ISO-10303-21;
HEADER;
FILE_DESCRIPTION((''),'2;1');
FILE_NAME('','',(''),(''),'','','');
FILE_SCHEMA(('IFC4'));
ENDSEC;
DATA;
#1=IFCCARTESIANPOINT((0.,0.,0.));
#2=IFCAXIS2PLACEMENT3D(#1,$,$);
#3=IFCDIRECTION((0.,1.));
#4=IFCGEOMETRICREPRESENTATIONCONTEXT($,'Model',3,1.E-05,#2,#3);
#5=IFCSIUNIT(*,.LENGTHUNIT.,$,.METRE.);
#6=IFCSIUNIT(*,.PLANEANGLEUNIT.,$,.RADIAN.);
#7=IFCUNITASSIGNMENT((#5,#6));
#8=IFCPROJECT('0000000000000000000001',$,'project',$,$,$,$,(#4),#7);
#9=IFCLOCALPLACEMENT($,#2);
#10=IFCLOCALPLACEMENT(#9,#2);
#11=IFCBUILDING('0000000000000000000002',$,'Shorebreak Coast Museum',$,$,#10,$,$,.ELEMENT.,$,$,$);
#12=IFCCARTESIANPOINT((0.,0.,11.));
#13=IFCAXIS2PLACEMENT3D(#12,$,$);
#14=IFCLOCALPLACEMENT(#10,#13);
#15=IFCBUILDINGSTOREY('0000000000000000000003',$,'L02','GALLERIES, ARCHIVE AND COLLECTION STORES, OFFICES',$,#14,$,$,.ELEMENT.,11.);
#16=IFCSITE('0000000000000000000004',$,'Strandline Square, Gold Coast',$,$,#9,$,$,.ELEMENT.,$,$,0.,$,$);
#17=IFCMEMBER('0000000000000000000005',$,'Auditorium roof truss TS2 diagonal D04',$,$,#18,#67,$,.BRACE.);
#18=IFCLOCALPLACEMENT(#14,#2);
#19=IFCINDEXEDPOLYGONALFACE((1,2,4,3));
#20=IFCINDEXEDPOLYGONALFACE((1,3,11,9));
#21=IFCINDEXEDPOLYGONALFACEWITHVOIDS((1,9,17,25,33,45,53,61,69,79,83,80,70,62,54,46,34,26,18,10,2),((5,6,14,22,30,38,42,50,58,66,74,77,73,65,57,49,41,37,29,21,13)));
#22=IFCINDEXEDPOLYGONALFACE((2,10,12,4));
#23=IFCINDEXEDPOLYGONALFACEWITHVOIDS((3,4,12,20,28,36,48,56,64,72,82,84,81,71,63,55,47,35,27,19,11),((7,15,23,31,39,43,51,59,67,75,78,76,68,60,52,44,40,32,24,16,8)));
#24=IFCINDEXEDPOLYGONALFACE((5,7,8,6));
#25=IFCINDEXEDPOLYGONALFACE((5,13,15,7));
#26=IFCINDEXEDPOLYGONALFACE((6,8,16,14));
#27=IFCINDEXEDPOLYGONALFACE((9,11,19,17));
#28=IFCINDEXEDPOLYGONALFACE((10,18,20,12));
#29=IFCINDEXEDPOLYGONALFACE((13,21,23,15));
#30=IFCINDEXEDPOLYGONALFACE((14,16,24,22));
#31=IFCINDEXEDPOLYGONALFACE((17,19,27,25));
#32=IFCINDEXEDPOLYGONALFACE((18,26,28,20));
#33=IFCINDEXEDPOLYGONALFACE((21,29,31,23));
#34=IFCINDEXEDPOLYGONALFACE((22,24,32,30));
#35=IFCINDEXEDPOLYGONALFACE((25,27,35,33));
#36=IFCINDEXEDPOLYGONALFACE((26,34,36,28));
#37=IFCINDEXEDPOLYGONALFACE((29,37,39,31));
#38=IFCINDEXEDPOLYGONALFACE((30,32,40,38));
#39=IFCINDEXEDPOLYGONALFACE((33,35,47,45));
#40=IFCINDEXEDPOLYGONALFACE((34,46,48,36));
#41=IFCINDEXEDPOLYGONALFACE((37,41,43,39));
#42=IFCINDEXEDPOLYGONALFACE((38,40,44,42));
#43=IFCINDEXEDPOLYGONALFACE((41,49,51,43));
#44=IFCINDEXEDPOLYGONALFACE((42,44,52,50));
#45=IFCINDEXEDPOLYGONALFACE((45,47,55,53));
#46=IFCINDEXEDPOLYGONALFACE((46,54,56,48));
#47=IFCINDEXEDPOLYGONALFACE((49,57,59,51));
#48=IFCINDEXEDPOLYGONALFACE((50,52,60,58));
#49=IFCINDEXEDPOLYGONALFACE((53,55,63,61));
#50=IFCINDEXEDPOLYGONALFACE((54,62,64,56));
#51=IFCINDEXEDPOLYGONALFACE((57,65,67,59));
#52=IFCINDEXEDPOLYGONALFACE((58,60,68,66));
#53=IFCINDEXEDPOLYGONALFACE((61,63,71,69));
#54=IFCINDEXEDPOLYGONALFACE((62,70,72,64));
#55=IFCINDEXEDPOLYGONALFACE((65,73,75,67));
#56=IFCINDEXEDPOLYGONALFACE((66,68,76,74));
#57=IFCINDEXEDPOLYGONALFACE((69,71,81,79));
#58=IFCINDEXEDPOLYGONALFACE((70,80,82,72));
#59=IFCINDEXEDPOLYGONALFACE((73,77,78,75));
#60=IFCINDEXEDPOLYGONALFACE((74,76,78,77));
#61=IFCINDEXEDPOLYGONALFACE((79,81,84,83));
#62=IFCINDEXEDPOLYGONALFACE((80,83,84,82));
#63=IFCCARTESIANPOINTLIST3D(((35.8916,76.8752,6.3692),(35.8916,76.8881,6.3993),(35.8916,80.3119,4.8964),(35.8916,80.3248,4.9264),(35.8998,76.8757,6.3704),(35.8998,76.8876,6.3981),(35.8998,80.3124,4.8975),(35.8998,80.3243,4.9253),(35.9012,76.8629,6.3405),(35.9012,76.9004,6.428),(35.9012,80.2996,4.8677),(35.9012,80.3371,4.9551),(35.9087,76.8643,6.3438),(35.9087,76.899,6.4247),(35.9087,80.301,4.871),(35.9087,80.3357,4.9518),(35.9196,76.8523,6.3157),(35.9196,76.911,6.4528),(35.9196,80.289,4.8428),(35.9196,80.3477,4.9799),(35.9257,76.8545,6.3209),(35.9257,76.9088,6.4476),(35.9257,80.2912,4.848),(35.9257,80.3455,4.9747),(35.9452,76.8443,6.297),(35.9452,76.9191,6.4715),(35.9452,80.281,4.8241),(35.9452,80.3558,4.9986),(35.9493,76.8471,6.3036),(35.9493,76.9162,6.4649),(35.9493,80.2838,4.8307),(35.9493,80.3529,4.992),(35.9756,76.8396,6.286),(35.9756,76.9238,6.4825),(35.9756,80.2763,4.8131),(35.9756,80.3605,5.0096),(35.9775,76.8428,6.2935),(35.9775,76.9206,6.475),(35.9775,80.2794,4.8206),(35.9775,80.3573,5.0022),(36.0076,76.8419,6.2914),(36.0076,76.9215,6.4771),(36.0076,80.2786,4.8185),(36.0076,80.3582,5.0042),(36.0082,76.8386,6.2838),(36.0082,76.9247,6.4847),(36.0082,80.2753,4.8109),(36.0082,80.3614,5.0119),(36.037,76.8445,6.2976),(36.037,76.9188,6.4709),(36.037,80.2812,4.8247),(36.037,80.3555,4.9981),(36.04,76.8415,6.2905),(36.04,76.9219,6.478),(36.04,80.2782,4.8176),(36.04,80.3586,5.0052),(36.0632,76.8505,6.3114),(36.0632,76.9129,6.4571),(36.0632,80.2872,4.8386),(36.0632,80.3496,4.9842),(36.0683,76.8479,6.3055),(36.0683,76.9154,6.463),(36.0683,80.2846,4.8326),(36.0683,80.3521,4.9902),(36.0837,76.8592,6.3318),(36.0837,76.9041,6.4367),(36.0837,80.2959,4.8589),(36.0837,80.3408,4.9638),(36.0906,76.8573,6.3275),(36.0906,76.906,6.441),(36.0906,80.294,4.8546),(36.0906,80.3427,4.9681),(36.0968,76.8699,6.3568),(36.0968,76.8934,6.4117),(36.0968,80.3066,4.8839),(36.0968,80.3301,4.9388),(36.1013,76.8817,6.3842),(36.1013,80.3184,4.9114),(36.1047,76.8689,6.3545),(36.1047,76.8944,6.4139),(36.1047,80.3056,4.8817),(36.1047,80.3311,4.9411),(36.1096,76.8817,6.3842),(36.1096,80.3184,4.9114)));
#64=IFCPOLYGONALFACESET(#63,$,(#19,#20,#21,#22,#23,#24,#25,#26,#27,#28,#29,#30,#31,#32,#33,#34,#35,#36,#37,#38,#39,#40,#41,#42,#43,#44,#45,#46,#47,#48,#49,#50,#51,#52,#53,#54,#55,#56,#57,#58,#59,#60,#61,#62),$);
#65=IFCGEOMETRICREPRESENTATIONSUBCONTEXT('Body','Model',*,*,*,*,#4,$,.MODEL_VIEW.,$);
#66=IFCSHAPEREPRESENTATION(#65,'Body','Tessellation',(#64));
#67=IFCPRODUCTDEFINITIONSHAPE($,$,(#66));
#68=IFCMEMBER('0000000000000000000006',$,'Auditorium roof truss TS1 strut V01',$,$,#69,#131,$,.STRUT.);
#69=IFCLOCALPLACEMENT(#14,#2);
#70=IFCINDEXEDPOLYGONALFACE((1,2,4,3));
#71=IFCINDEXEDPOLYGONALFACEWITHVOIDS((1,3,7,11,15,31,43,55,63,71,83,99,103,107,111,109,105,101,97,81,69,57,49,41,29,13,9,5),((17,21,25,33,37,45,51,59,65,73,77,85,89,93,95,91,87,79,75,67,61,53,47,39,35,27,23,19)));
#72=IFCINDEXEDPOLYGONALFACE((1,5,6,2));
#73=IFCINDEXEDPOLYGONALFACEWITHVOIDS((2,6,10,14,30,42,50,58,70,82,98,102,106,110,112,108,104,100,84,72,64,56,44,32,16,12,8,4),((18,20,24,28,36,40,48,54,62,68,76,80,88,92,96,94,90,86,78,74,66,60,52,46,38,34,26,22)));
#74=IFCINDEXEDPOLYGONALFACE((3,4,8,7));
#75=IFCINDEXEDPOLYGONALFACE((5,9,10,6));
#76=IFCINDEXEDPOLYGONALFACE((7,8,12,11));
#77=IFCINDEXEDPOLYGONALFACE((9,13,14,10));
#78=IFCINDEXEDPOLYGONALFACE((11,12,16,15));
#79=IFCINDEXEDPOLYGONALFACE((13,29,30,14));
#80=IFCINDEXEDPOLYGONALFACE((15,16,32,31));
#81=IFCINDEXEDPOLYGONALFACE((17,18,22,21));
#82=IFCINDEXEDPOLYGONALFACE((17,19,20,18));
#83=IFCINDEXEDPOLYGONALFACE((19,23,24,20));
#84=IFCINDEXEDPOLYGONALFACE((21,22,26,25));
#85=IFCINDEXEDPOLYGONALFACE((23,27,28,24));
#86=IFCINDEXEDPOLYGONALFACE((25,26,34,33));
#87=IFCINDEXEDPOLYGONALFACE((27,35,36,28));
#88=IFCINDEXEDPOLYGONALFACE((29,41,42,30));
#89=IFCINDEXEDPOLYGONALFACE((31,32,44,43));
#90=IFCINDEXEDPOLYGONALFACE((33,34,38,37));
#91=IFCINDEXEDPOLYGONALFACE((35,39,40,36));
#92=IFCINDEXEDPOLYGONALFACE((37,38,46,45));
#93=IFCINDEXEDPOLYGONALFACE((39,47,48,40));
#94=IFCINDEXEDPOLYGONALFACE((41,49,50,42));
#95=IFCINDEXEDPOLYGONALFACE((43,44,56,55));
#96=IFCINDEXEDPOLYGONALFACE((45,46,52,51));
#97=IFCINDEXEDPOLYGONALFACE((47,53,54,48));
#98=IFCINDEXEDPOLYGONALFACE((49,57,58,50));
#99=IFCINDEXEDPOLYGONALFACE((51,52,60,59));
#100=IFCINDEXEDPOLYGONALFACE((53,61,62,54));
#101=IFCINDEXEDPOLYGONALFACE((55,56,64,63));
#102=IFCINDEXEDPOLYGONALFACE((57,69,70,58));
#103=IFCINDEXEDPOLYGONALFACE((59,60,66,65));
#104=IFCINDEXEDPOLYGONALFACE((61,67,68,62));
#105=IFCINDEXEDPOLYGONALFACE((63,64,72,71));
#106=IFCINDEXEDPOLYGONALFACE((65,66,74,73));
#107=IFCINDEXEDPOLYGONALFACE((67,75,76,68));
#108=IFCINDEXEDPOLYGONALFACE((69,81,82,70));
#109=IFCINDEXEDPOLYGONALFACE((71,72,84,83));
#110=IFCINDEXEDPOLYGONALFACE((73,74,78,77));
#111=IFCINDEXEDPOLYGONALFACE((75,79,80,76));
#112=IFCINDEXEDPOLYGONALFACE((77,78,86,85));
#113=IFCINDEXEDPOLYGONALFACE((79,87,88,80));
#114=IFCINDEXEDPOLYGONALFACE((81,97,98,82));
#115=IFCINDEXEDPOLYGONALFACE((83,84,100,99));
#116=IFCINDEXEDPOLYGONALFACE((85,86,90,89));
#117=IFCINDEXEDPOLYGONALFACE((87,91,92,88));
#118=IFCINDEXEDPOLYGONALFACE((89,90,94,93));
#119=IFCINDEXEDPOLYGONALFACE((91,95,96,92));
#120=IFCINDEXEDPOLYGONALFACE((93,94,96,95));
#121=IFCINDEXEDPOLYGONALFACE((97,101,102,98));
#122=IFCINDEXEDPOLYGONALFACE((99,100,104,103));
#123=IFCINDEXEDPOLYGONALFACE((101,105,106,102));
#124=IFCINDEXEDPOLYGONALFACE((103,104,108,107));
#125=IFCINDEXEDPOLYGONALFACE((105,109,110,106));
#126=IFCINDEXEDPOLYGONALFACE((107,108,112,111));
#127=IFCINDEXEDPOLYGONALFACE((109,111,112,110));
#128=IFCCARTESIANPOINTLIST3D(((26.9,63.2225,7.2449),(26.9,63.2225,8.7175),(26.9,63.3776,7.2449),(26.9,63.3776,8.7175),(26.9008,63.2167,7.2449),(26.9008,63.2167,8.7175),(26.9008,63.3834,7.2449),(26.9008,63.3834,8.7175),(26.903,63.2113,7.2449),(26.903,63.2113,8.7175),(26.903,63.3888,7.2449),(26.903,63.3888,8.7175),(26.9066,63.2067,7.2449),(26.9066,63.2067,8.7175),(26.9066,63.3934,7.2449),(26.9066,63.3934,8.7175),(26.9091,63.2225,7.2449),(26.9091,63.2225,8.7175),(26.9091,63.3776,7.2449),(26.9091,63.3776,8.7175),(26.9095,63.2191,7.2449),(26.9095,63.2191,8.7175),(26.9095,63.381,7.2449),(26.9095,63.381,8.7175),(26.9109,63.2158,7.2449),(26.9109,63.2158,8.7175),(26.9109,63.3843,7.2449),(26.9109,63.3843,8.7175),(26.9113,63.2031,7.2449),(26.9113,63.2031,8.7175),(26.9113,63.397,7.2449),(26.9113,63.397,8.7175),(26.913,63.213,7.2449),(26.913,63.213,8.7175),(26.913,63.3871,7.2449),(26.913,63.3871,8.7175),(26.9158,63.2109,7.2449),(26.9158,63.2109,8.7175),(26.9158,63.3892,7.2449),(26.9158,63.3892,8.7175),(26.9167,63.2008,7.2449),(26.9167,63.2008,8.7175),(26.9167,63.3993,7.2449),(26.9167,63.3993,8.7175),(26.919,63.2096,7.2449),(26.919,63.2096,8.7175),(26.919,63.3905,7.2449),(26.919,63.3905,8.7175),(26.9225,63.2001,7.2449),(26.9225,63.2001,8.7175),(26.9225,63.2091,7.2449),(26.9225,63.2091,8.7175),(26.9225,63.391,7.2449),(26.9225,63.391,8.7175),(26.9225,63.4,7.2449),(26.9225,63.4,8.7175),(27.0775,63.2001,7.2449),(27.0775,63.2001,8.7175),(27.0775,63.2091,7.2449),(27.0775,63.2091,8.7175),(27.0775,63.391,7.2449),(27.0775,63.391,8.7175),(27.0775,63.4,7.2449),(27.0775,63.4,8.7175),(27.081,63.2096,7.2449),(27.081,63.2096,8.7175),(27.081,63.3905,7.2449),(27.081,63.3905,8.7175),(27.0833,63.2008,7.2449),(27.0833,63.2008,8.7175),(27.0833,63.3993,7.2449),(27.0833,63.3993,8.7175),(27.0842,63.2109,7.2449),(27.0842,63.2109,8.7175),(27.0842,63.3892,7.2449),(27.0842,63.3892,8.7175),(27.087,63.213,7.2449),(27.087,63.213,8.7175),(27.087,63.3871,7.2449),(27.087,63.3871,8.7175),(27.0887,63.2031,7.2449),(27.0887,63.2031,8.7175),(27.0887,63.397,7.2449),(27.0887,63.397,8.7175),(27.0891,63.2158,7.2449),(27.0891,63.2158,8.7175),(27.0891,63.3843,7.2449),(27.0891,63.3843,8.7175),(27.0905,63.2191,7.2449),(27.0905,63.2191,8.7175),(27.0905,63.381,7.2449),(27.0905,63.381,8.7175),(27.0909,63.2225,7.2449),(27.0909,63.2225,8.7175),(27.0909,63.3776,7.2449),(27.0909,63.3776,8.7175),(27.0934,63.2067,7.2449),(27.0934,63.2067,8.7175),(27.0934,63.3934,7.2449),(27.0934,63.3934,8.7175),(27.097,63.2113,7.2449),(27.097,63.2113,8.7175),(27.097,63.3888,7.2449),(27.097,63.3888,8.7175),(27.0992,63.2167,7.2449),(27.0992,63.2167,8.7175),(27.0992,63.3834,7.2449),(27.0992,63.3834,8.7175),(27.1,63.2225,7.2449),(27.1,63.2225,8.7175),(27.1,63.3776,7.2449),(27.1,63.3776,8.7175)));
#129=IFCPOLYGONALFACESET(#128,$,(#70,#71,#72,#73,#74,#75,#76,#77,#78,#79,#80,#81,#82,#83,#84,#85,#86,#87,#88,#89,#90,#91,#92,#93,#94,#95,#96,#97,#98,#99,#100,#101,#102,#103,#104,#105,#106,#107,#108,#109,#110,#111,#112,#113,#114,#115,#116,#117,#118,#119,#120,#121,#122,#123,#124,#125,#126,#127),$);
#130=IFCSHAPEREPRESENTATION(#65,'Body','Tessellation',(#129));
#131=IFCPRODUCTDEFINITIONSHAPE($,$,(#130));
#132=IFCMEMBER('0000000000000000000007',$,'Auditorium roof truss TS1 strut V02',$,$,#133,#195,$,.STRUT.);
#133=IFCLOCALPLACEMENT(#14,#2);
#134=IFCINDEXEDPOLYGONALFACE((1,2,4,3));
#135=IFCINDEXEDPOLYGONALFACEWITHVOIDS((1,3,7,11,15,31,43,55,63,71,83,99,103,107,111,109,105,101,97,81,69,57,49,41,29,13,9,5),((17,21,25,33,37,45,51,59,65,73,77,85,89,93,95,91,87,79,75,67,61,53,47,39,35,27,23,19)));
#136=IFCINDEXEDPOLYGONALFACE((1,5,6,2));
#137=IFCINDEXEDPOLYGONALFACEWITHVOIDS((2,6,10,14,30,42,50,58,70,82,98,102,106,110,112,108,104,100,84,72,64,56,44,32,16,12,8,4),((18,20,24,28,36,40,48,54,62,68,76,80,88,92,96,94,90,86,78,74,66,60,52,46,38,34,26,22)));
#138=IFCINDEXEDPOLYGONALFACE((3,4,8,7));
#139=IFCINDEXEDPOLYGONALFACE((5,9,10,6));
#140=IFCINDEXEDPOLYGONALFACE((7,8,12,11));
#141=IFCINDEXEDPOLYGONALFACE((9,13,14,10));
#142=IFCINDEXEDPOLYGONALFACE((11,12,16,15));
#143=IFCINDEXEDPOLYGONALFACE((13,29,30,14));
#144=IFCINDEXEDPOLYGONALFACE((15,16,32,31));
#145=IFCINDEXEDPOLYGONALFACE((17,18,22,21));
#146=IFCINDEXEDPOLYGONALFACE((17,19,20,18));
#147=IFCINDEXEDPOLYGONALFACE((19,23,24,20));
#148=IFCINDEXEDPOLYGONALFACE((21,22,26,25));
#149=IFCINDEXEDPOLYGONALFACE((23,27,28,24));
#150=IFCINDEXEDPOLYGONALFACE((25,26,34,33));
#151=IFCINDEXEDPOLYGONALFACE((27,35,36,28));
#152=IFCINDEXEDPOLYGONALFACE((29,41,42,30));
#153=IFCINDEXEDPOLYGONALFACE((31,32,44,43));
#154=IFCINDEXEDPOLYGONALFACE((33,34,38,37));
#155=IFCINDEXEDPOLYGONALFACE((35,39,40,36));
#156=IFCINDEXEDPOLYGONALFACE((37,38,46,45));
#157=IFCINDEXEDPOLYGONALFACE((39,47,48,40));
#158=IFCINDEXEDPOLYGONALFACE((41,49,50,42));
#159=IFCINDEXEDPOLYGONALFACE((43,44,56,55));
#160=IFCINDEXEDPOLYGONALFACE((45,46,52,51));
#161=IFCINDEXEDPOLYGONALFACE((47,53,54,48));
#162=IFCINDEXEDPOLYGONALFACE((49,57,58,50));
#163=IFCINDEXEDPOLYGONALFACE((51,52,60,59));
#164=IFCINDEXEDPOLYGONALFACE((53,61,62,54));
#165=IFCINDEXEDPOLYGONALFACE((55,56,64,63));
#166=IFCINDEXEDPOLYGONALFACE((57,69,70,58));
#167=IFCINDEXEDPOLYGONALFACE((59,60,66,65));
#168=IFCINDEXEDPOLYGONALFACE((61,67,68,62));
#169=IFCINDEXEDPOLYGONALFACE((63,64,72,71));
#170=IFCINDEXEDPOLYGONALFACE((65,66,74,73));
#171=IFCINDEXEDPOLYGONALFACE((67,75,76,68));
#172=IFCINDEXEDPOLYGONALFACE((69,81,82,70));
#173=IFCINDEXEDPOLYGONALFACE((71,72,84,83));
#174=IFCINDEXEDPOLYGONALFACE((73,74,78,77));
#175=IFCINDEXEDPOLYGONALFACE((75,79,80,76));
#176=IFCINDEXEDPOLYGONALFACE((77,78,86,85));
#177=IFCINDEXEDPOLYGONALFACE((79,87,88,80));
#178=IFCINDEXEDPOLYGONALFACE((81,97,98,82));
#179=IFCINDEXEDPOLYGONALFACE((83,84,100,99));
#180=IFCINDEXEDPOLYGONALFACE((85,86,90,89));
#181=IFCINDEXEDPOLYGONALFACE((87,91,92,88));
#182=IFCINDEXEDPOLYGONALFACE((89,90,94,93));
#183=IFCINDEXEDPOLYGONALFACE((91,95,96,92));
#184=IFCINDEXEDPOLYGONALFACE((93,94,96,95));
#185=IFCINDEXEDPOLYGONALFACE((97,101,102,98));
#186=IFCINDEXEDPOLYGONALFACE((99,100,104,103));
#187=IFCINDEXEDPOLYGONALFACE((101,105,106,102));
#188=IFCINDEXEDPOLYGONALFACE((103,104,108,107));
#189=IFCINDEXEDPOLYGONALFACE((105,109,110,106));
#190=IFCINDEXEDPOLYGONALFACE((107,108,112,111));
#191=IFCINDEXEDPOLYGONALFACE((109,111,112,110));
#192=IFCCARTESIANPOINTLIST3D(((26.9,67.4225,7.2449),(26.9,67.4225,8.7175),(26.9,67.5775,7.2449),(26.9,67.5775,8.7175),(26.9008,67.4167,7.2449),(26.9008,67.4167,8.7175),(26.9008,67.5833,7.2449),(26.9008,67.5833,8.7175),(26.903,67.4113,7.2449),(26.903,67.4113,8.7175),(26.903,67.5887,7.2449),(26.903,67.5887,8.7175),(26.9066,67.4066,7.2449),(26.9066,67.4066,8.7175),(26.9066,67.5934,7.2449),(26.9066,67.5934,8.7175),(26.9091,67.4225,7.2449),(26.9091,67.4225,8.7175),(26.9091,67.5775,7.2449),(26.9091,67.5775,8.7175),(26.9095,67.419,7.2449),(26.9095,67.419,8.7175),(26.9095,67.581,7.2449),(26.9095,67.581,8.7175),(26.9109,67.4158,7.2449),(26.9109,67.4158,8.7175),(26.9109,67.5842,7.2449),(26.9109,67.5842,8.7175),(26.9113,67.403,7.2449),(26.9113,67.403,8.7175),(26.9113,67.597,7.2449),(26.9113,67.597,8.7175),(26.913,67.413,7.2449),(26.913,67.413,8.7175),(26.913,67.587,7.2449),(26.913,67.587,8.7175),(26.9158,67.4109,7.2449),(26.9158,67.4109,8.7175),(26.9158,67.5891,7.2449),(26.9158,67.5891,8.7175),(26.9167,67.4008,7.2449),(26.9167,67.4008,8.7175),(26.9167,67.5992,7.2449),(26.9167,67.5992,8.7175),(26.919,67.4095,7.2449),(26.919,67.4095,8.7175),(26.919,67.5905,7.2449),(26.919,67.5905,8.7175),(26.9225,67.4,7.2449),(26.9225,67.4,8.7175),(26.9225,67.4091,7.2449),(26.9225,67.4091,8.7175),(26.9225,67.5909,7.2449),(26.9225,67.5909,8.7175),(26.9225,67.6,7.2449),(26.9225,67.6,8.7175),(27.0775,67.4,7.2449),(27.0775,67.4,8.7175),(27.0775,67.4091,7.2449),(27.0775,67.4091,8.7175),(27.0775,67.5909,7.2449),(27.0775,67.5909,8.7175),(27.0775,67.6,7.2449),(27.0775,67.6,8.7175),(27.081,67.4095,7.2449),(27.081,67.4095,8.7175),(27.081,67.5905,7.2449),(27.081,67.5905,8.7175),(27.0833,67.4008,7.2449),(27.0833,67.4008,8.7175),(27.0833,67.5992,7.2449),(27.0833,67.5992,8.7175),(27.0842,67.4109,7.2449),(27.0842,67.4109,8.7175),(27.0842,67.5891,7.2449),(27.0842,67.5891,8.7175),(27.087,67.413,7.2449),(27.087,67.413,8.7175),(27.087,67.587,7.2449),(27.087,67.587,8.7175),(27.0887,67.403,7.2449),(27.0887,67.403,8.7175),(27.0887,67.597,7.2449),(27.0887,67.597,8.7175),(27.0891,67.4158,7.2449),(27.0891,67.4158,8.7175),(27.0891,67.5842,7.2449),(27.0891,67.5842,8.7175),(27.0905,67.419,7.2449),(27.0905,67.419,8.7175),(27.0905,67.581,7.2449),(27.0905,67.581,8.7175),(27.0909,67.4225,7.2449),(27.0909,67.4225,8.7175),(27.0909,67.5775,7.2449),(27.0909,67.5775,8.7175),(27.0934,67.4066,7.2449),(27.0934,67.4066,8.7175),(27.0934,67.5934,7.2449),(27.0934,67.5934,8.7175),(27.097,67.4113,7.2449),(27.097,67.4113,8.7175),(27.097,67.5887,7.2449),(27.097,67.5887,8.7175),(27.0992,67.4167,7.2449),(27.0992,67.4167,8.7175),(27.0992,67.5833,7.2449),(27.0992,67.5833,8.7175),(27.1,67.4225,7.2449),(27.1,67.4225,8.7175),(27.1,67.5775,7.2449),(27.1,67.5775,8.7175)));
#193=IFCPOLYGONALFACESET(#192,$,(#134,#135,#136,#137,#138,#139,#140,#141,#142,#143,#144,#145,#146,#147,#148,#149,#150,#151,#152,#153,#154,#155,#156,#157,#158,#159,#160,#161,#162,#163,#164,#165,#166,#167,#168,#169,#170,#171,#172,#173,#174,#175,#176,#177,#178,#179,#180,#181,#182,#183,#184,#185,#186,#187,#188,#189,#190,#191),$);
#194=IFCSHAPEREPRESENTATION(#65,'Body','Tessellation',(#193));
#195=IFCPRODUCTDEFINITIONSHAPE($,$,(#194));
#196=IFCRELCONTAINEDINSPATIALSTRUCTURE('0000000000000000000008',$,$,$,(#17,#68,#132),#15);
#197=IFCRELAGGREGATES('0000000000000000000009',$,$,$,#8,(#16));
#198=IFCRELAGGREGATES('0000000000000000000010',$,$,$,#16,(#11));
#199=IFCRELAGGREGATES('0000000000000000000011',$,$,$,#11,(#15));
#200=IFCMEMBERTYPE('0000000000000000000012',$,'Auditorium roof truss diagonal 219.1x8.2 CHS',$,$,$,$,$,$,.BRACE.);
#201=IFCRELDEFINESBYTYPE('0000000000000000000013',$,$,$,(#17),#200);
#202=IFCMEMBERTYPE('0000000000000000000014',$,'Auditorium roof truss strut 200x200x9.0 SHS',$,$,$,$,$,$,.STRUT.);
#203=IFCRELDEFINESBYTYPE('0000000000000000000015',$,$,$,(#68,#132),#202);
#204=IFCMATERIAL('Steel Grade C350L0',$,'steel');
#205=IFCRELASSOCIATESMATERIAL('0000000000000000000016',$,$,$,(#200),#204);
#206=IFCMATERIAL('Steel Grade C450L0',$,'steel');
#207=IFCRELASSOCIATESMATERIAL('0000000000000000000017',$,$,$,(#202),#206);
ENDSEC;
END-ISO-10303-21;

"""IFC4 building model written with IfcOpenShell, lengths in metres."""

from ifc_helpers import new_model, si_unit, direction, frame, origin, origin_2d, place, context, subcontext, project, spatial, hollow_rectangle, hollow_circle, extrude, material, material_profile, profile_set, type_object, element, save


model = new_model("IFC4")

# Units and contexts
model_context = context("Model", 3, precision=1e-05, world=origin(), true_north=direction((0.0, 1.0)))
body_context = subcontext(model_context, "Body", "Model", "MODEL_VIEW")
ifc_project = project(units=[si_unit("LENGTHUNIT", "METRE"), si_unit("PLANEANGLEUNIT", "RADIAN")], contexts=[model_context])

# Site, building, storey
site_placement = place(None, origin())
site = spatial("IfcSite", under=ifc_project, at=site_placement, Name="Strandline Square, Gold Coast", CompositionType="ELEMENT", RefElevation=0.0)
building_placement = place(site_placement, origin())
building = spatial("IfcBuilding", under=site, at=building_placement, Name="Shorebreak Coast Museum", CompositionType="ELEMENT")
storey_placement = place(building_placement, frame((0.0, 0.0, 11.0)))
storey = spatial("IfcBuildingStorey", under=building, at=storey_placement, Name="L02", Description="GALLERIES, ARCHIVE AND COLLECTION STORES, OFFICES", CompositionType="ELEMENT", Elevation=11.0)

# Members
ifc_material_1 = material(Name="Steel Grade C350L0", Category="steel")
ifc_material_profile_1 = material_profile(ifc_material_1, hollow_circle(Radius=0.1096, WallThickness=0.0083, at=origin_2d()), Name="219.1x8.2 CHS")
ifc_profile_set_1 = profile_set([ifc_material_profile_1], Name="Steel Grade C350L0")
member_type_1 = type_object("IfcMemberType", Name="Auditorium roof truss diagonal 219.1x8.2 CHS", PredefinedType="BRACE", material=ifc_profile_set_1)
member_1_placement = place(storey_placement, frame((36.0, 80.3184, 4.9114), z_axis=(0.0, -0.919145, 0.393919), x_axis=(1.0, 0.0, 0.0)))
element("IfcMember", 1, at=member_1_placement, inside=storey, type_object=member_type_1, Name="Auditorium roof truss TS2 diagonal D04", PredefinedType="BRACE", context=body_context, shape_type="SweptSolid", body=[
    extrude(hollow_circle(Radius=0.1096, WallThickness=0.0083, at=origin_2d()), origin(), (0.0, 0.0, 1.0), 3.739),
])
ifc_material_2 = material(Name="Steel Grade C450L0", Category="steel")
ifc_material_profile_2 = material_profile(ifc_material_2, hollow_rectangle(XDim=0.2, YDim=0.2, WallThickness=0.009, InnerFilletRadius=0.0134, OuterFilletRadius=0.0225, at=origin_2d()), Name="200x200x9.0 SHS")
ifc_profile_set_2 = profile_set([ifc_material_profile_2], Name="Steel Grade C450L0")
member_type_2 = type_object("IfcMemberType", Name="Auditorium roof truss strut 200x200x9.0 SHS", PredefinedType="STRUT", material=ifc_profile_set_2)
for number, where, z_axis, x_axis, name in (
    (2, (27.0, 63.3, 7.2449), (0.0, 0.0, 1.0), (1.0, 0.0, 0.0), "Auditorium roof truss TS1 strut V01"),
    (3, (27.0, 67.5, 7.2449), (0.0, 0.0, 1.0), (1.0, 0.0, 0.0), "Auditorium roof truss TS1 strut V02"),
):
    element("IfcMember", number, at=place(storey_placement, frame(where, z_axis=z_axis, x_axis=x_axis)), inside=storey, type_object=member_type_2, Name=name, PredefinedType="STRUT", context=body_context, shape_type="SweptSolid", body=[
        extrude(hollow_rectangle(XDim=0.2, YDim=0.2, WallThickness=0.009, InnerFilletRadius=0.0134, OuterFilletRadius=0.0225, at=origin_2d()), origin(), (0.0, 0.0, 1.0), 1.4727),
    ])

save(model, "model.ifc")
